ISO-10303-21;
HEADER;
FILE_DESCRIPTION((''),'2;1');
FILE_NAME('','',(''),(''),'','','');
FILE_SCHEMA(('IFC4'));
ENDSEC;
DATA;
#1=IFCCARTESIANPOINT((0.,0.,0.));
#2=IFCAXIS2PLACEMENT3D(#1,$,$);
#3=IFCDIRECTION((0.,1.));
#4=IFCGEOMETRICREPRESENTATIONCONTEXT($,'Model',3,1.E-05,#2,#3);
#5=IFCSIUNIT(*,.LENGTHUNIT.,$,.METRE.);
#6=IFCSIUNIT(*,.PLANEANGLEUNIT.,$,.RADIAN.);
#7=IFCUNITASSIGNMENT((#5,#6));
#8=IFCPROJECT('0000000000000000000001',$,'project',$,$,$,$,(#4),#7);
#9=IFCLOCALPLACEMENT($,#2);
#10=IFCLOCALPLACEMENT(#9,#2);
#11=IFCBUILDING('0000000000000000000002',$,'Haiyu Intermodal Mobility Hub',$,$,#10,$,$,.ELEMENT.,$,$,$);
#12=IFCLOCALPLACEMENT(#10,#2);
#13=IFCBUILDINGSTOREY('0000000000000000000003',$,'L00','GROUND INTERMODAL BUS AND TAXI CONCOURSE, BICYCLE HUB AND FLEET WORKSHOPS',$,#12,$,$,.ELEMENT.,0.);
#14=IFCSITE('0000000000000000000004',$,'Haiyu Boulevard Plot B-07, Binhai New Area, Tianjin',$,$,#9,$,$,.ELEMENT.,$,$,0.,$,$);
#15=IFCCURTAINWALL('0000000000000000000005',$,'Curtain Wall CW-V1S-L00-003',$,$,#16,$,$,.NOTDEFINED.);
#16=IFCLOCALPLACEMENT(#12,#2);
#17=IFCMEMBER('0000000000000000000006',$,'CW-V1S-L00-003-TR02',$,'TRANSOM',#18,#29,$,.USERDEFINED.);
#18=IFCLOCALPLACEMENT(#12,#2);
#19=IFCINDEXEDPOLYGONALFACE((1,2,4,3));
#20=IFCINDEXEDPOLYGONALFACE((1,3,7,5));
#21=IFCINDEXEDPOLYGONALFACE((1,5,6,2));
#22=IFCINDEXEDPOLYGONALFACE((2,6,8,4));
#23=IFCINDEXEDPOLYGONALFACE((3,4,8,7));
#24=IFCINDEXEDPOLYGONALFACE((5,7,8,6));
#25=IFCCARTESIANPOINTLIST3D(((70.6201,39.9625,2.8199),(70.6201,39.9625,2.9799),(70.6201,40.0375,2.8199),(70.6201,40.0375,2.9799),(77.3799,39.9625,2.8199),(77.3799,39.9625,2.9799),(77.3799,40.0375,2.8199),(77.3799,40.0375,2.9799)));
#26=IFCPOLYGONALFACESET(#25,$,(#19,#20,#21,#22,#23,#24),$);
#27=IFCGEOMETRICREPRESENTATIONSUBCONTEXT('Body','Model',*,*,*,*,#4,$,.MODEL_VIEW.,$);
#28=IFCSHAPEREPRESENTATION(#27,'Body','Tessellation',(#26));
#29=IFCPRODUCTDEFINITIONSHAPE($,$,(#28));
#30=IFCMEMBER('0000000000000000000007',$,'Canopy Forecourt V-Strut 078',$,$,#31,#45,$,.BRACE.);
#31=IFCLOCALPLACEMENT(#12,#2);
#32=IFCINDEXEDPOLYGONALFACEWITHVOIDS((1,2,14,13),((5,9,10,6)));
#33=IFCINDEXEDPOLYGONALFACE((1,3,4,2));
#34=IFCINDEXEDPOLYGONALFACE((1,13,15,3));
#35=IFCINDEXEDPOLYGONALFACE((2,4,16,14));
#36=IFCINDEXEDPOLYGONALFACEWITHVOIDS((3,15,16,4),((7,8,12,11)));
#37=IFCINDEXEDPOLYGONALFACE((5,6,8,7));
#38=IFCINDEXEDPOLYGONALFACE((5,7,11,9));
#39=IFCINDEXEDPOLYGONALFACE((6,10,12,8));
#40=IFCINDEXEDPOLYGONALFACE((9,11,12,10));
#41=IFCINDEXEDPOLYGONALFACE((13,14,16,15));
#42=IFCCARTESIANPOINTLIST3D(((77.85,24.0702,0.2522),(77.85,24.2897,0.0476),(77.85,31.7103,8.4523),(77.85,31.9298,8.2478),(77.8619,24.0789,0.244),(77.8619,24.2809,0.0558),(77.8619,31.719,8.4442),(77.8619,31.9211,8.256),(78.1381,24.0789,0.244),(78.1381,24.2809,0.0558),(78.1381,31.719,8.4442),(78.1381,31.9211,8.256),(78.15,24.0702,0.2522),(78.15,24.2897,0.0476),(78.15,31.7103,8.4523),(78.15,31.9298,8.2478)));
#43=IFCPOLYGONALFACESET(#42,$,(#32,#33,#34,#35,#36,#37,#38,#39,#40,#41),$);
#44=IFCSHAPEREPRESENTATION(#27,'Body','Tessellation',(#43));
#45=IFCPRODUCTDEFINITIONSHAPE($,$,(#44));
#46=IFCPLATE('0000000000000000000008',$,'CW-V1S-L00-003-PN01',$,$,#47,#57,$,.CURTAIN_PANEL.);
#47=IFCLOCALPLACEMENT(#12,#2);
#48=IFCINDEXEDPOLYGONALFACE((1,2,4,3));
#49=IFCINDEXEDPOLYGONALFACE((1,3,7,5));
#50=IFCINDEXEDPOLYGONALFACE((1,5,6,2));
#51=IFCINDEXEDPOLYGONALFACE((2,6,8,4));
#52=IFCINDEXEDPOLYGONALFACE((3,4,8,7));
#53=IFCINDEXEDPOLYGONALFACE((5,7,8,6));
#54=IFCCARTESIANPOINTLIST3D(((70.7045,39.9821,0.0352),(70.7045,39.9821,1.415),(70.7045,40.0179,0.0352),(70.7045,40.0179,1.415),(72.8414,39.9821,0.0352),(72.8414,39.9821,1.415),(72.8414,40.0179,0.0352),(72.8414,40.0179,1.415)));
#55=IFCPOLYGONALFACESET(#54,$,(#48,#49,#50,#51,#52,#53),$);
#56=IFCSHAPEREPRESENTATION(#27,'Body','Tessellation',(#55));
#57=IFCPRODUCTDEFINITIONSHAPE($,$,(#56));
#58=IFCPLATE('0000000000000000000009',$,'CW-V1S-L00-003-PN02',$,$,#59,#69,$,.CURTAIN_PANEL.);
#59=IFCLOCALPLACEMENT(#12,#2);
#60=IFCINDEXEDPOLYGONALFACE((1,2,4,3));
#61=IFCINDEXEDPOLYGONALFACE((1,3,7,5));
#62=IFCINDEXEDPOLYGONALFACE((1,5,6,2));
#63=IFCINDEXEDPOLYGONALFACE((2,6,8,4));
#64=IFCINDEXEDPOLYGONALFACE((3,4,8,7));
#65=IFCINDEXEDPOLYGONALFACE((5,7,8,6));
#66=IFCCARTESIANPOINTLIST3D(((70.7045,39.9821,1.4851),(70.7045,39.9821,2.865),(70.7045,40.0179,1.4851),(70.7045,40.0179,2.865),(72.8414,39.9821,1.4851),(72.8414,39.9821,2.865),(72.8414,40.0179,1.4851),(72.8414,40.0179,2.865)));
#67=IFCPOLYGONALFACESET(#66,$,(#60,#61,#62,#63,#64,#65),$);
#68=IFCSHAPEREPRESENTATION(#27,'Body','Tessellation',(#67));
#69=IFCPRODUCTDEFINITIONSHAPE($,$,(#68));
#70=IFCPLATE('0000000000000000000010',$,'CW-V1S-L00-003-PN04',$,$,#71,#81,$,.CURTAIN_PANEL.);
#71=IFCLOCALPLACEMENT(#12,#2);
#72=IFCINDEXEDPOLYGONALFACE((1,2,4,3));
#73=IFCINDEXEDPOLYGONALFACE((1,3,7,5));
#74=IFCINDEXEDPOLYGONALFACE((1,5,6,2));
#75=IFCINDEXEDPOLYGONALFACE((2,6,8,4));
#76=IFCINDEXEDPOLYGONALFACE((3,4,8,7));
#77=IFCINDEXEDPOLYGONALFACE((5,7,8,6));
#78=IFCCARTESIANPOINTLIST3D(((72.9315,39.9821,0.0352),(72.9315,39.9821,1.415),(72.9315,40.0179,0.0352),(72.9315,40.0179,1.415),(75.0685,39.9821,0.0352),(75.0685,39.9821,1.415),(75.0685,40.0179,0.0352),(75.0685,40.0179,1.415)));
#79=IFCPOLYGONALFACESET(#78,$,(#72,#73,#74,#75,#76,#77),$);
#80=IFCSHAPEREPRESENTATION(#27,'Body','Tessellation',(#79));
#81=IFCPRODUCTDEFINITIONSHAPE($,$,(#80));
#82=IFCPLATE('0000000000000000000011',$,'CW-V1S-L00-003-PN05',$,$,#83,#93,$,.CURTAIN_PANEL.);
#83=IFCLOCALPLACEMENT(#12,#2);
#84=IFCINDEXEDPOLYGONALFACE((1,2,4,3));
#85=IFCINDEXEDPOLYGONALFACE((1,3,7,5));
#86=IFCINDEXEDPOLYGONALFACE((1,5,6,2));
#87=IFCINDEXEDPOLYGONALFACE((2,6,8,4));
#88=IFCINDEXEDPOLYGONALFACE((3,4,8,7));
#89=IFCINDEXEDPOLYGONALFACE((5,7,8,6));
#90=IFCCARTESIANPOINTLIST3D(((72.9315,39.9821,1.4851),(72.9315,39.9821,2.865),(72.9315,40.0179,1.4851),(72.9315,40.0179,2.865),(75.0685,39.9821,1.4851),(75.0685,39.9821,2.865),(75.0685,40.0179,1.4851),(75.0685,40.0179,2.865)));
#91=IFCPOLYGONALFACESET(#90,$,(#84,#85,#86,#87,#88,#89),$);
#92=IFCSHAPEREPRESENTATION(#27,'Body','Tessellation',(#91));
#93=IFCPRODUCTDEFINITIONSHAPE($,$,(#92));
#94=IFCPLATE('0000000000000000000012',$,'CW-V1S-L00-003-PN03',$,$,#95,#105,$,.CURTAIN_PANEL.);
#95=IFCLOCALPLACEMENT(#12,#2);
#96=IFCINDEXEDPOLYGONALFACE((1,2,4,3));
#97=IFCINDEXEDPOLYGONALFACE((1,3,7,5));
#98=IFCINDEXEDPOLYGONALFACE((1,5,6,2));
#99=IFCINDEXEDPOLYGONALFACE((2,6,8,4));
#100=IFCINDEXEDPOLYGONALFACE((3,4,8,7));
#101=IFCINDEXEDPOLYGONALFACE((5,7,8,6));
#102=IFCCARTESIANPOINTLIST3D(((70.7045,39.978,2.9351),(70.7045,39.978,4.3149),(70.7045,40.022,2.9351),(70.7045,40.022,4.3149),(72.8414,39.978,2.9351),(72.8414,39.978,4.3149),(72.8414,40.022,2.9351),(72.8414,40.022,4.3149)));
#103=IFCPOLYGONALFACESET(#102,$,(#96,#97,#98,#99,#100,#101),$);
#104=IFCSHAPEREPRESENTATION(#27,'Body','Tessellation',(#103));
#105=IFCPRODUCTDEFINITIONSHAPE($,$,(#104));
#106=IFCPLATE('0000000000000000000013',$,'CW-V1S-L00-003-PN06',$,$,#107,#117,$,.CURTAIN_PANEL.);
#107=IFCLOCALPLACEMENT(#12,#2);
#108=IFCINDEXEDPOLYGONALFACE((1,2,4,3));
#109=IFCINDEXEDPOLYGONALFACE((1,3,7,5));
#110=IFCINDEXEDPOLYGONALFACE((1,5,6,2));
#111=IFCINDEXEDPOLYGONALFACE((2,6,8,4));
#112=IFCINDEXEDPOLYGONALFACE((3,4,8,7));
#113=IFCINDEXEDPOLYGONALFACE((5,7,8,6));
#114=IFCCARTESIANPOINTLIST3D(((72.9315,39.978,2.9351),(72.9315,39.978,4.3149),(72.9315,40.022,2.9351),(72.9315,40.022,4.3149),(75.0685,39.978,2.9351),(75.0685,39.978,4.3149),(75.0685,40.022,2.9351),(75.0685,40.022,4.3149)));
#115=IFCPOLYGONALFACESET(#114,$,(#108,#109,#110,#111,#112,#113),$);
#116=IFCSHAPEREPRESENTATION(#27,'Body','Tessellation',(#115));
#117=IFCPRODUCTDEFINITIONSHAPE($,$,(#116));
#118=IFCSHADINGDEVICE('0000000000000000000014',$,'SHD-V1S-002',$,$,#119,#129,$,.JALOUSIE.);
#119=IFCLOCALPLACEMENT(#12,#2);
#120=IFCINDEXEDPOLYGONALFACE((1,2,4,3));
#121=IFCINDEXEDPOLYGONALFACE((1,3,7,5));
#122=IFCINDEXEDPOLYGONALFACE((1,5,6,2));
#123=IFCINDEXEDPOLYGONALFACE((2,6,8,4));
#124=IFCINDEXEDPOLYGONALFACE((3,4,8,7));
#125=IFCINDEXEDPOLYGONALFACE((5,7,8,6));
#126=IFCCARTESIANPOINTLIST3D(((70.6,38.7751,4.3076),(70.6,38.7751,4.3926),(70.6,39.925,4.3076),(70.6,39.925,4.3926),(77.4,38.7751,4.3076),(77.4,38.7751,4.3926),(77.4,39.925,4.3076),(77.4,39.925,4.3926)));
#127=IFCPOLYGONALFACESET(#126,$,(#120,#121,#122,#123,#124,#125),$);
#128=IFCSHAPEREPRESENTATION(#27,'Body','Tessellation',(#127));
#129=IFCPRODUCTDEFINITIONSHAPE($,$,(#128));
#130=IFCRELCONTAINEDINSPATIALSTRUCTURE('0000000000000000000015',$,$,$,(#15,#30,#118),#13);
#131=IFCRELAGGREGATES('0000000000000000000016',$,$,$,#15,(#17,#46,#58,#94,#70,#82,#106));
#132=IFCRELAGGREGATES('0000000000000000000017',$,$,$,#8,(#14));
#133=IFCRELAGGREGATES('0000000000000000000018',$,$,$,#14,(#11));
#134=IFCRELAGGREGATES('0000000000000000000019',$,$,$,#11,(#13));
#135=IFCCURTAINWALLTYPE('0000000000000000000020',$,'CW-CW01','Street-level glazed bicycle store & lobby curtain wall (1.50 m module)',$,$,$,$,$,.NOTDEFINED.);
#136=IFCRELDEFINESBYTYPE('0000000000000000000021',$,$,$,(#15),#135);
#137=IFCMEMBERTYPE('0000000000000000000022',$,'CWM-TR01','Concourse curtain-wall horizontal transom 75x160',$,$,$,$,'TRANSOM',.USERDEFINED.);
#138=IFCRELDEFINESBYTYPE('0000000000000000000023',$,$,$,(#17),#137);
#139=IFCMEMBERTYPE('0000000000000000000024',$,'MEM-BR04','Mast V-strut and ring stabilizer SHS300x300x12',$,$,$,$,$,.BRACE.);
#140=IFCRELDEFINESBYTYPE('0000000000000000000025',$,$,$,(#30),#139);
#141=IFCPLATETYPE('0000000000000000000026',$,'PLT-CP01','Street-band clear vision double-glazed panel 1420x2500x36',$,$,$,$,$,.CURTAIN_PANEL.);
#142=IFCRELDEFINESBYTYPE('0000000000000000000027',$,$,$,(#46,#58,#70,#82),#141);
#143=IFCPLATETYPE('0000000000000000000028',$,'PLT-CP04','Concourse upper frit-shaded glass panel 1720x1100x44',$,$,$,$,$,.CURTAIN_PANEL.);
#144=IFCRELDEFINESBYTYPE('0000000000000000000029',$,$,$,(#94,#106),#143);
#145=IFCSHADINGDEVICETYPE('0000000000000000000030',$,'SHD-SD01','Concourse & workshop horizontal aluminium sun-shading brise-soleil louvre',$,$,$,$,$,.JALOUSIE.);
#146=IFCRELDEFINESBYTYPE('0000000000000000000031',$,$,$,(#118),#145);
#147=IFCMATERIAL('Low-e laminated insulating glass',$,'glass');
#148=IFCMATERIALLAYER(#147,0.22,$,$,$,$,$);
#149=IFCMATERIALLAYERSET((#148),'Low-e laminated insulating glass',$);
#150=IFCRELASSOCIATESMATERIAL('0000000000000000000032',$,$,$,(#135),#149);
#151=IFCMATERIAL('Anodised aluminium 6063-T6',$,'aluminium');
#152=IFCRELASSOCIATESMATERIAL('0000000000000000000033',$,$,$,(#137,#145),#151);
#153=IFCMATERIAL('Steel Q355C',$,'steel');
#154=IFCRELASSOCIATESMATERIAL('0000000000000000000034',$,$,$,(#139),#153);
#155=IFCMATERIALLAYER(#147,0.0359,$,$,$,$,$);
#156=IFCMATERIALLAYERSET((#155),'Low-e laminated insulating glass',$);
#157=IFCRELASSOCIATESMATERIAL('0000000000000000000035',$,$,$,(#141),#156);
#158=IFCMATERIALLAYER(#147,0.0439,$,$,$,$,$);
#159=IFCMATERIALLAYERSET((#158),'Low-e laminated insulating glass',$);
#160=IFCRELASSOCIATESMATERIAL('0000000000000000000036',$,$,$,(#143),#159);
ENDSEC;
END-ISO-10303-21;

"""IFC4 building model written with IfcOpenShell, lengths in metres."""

from ifc_helpers import new_model, si_unit, direction, frame, origin, origin_2d, place, context, subcontext, project, spatial, rectangle, hollow_rectangle, extrude, material, layer, layer_set, material_profile, profile_set, type_object, element, aggregate, save


model = new_model("IFC4")

# Units and contexts
model_context = context("Model", 3, precision=1e-05, world=origin(), true_north=direction((0.0, 1.0)))
body_context = subcontext(model_context, "Body", "Model", "MODEL_VIEW")
ifc_project = project(units=[si_unit("LENGTHUNIT", "METRE"), si_unit("PLANEANGLEUNIT", "RADIAN")], contexts=[model_context])

# Site, building, storey
site_placement = place(None, origin())
site = spatial("IfcSite", under=ifc_project, at=site_placement, Name="Haiyu Boulevard Plot B-07, Binhai New Area, Tianjin", CompositionType="ELEMENT", RefElevation=0.0)
building_placement = place(site_placement, origin())
building = spatial("IfcBuilding", under=site, at=building_placement, Name="Haiyu Intermodal Mobility Hub", CompositionType="ELEMENT")
storey_placement = place(building_placement, origin())
storey = spatial("IfcBuildingStorey", under=building, at=storey_placement, Name="L00", Description="GROUND INTERMODAL BUS AND TAXI CONCOURSE, BICYCLE HUB AND FLEET WORKSHOPS", CompositionType="ELEMENT", Elevation=0.0)

# Shared definitions
ifc_material_1 = material(Name="Steel Q355C", Category="steel")

# Curtain wall, member
ifc_material_2 = material(Name="Low-e laminated insulating glass", Category="glass")
ifc_layer_1 = layer(ifc_material_2, 0.22)
ifc_layer_set_1 = layer_set([ifc_layer_1], Name="Low-e laminated insulating glass")
curtain_wall_type = type_object("IfcCurtainWallType", Name="CW-CW01", Description="Street-level glazed bicycle store & lobby curtain wall (1.50 m module)", PredefinedType="NOTDEFINED", material=ifc_layer_set_1)
curtain_wall_placement = place(storey_placement, origin())
curtain_wall = element("IfcCurtainWall", 1, at=curtain_wall_placement, inside=storey, type_object=curtain_wall_type, Name="Curtain Wall CW-V1S-L00-003", PredefinedType="NOTDEFINED")
ifc_material_3 = material(Name="Anodised aluminium 6063-T6", Category="aluminium")
ifc_material_profile_1 = material_profile(ifc_material_3, rectangle(XDim=0.075, YDim=0.1599, at=origin_2d()), Name="ALU75x160")
ifc_profile_set_1 = profile_set([ifc_material_profile_1], Name="Anodised aluminium 6063-T6")
member_type_1 = type_object("IfcMemberType", Name="CWM-TR01", Description="Concourse curtain-wall horizontal transom 75x160", ElementType="TRANSOM", PredefinedType="USERDEFINED", material=ifc_profile_set_1)
member_1_placement = place(storey_placement, frame((70.6201, 40.0, 2.8999), z_axis=(1.0, 0.0, 0.0), x_axis=(0.0, 1.0, 0.0)))
member_1 = element("IfcMember", 2, at=member_1_placement, type_object=member_type_1, Name="CW-V1S-L00-003-TR02", ObjectType="TRANSOM", PredefinedType="USERDEFINED", context=body_context, shape_type="SweptSolid", body=[
    extrude(rectangle(XDim=0.075, YDim=0.1599, at=origin_2d()), origin(), (0.0, 0.0, 1.0), 6.7598),
])

# Member
ifc_material_profile_2 = material_profile(ifc_material_1, hollow_rectangle(XDim=0.3, YDim=0.3, WallThickness=0.012, at=origin_2d()), Name="SHS300x300x12")
ifc_profile_set_2 = profile_set([ifc_material_profile_2], Name="Steel Q355C")
member_type_2 = type_object("IfcMemberType", Name="MEM-BR04", Description="Mast V-strut and ring stabilizer SHS300x300x12", PredefinedType="BRACE", material=ifc_profile_set_2)
member_2_placement = place(storey_placement, frame((78.0, 24.1799, 0.1499), z_axis=(0.0, 0.68168, 0.73165), x_axis=(-1.0, 0.0, 0.0)))
element("IfcMember", 3, at=member_2_placement, inside=storey, type_object=member_type_2, Name="Canopy Forecourt V-Strut 078", PredefinedType="BRACE", context=body_context, shape_type="SweptSolid", body=[
    extrude(hollow_rectangle(XDim=0.3, YDim=0.3, WallThickness=0.012, at=origin_2d()), origin(), (0.0, 0.0, 1.0), 11.2078),
])

# Plates
ifc_layer_2 = layer(ifc_material_2, 0.0359)
ifc_layer_set_2 = layer_set([ifc_layer_2], Name="Low-e laminated insulating glass")
plate_type_1 = type_object("IfcPlateType", Name="PLT-CP01", Description="Street-band clear vision double-glazed panel 1420x2500x36", PredefinedType="CURTAIN_PANEL", material=ifc_layer_set_2)
plate_1_placement = place(storey_placement, frame((71.7729, 40.0, 0.0352), z_axis=(0.0, 0.0, 1.0), x_axis=(1.0, 0.0, 0.0)))
plate_1 = element("IfcPlate", 4, at=plate_1_placement, type_object=plate_type_1, Name="CW-V1S-L00-003-PN01", PredefinedType="CURTAIN_PANEL", context=body_context, shape_type="SweptSolid", body=[
    extrude(rectangle(XDim=2.137, YDim=0.0359, at=origin_2d()), origin(), (0.0, 0.0, 1.0), 1.3799),
])
plate_2_placement = place(storey_placement, frame((71.7729, 40.0, 1.4851), z_axis=(0.0, 0.0, 1.0), x_axis=(1.0, 0.0, 0.0)))
plate_2 = element("IfcPlate", 5, at=plate_2_placement, type_object=plate_type_1, Name="CW-V1S-L00-003-PN02", PredefinedType="CURTAIN_PANEL", context=body_context, shape_type="SweptSolid", body=[
    extrude(rectangle(XDim=2.137, YDim=0.0359, at=origin_2d()), origin(), (0.0, 0.0, 1.0), 1.3799),
])
plate_3_placement = place(storey_placement, frame((74.0, 40.0, 0.0352), z_axis=(0.0, 0.0, 1.0), x_axis=(1.0, 0.0, 0.0)))
plate_3 = element("IfcPlate", 6, at=plate_3_placement, type_object=plate_type_1, Name="CW-V1S-L00-003-PN04", PredefinedType="CURTAIN_PANEL", context=body_context, shape_type="SweptSolid", body=[
    extrude(rectangle(XDim=2.137, YDim=0.0359, at=origin_2d()), origin(), (0.0, 0.0, 1.0), 1.3799),
])
plate_4_placement = place(storey_placement, frame((74.0, 40.0, 1.4851), z_axis=(0.0, 0.0, 1.0), x_axis=(1.0, 0.0, 0.0)))
plate_4 = element("IfcPlate", 7, at=plate_4_placement, type_object=plate_type_1, Name="CW-V1S-L00-003-PN05", PredefinedType="CURTAIN_PANEL", context=body_context, shape_type="SweptSolid", body=[
    extrude(rectangle(XDim=2.137, YDim=0.0359, at=origin_2d()), origin(), (0.0, 0.0, 1.0), 1.3799),
])
ifc_layer_3 = layer(ifc_material_2, 0.0439)
ifc_layer_set_3 = layer_set([ifc_layer_3], Name="Low-e laminated insulating glass")
plate_type_2 = type_object("IfcPlateType", Name="PLT-CP04", Description="Concourse upper frit-shaded glass panel 1720x1100x44", PredefinedType="CURTAIN_PANEL", material=ifc_layer_set_3)
plate_5_placement = place(storey_placement, frame((71.7729, 40.0, 2.9351), z_axis=(0.0, 0.0, 1.0), x_axis=(1.0, 0.0, 0.0)))
plate_5 = element("IfcPlate", 8, at=plate_5_placement, type_object=plate_type_2, Name="CW-V1S-L00-003-PN03", PredefinedType="CURTAIN_PANEL", context=body_context, shape_type="SweptSolid", body=[
    extrude(rectangle(XDim=2.137, YDim=0.0439, at=origin_2d()), origin(), (0.0, 0.0, 1.0), 1.3799),
])
plate_6_placement = place(storey_placement, frame((74.0, 40.0, 2.9351), z_axis=(0.0, 0.0, 1.0), x_axis=(1.0, 0.0, 0.0)))
plate_6 = element("IfcPlate", 9, at=plate_6_placement, type_object=plate_type_2, Name="CW-V1S-L00-003-PN06", PredefinedType="CURTAIN_PANEL", context=body_context, shape_type="SweptSolid", body=[
    extrude(rectangle(XDim=2.137, YDim=0.0439, at=origin_2d()), origin(), (0.0, 0.0, 1.0), 1.3799),
])
aggregate(curtain_wall, [member_1, plate_1, plate_2, plate_5, plate_3, plate_4, plate_6])

# Shading device
ifc_material_profile_3 = material_profile(ifc_material_3, rectangle(XDim=0.0801, YDim=0.45, at=origin_2d()), Name="FIN80x450")
ifc_profile_set_3 = profile_set([ifc_material_profile_3], Name="Anodised aluminium 6063-T6")
shading_device_type = type_object("IfcShadingDeviceType", Name="SHD-SD01", Description="Concourse & workshop horizontal aluminium sun-shading brise-soleil louvre", PredefinedType="JALOUSIE", material=ifc_profile_set_3)
shading_device_placement = place(storey_placement, frame((74.0, 39.3501, 4.3076), z_axis=(0.0, 0.0, 1.0), x_axis=(1.0, 0.0, 0.0)))
element("IfcShadingDevice", 10, at=shading_device_placement, inside=storey, type_object=shading_device_type, Name="SHD-V1S-002", PredefinedType="JALOUSIE", context=body_context, shape_type="SweptSolid", body=[
    extrude(rectangle(XDim=6.8, YDim=1.1499, at=origin_2d()), origin(), (0.0, 0.0, 1.0), 0.085),
])

save(model, "model.ifc")
